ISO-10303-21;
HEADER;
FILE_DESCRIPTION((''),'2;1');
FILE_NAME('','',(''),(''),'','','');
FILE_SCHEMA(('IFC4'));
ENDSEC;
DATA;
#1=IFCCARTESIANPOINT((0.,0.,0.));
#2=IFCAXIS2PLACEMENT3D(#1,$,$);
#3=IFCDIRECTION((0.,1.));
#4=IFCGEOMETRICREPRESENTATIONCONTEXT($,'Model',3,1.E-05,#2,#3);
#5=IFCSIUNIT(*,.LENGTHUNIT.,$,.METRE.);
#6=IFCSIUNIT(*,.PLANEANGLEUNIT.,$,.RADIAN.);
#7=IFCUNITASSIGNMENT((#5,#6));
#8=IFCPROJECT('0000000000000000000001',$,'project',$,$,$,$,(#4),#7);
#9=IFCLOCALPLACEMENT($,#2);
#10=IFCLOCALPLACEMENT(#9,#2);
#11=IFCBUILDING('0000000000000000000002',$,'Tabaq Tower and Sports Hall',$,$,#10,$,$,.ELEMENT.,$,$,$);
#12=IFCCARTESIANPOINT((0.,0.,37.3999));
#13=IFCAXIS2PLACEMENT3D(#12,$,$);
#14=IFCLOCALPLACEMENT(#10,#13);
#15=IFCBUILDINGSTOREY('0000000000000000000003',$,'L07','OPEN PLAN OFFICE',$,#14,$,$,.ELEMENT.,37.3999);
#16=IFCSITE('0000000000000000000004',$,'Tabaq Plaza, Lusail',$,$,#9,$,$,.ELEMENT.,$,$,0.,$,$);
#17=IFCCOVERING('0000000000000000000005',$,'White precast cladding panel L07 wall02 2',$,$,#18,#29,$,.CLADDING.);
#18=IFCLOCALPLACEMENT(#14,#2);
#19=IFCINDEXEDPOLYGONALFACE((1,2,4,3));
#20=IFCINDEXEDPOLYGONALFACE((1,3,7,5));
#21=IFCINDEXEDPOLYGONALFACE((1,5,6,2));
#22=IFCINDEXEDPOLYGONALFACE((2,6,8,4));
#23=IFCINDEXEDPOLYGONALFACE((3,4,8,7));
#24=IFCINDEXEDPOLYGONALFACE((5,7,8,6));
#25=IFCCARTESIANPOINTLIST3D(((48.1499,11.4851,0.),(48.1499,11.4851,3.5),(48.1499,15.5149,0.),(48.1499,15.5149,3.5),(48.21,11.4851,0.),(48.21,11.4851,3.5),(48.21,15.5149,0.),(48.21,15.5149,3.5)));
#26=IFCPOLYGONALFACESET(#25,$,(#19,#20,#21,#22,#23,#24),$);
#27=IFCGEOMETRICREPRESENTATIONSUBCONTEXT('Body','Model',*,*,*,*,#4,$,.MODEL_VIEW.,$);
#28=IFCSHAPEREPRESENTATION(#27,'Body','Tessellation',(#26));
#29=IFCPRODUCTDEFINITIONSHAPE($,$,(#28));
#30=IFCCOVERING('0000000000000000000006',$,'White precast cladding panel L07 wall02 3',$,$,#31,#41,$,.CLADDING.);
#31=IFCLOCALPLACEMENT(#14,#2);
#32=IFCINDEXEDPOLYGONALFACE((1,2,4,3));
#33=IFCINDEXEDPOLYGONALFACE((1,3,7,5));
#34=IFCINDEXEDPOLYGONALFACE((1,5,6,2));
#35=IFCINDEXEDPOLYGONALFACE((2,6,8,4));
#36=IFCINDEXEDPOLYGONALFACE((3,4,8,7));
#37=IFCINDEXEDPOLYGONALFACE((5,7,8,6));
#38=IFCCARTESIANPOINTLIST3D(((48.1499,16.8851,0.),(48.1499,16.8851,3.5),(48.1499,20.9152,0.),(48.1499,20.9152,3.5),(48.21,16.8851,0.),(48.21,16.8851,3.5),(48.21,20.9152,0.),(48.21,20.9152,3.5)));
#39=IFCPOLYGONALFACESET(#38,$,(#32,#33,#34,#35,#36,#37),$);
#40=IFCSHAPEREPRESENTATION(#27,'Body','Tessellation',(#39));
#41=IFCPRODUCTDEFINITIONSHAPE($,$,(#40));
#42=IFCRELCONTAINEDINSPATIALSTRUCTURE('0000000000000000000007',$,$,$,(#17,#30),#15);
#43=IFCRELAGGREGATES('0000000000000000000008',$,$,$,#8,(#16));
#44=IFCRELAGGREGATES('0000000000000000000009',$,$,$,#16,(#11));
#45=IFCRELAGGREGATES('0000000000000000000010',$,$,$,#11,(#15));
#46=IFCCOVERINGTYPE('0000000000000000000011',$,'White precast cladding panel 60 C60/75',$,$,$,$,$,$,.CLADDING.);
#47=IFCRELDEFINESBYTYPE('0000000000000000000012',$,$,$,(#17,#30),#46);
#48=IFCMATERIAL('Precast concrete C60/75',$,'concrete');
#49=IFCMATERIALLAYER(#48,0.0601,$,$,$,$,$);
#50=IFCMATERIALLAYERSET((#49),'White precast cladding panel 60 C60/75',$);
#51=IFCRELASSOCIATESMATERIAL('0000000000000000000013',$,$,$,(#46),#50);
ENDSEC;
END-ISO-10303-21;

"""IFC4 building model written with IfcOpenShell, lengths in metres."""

from ifc_helpers import new_model, si_unit, direction, frame, frame_2d, origin, place, context, subcontext, project, spatial, rectangle, extrude, material, layer, layer_set, type_object, element, save


model = new_model("IFC4")

# Units and contexts
model_context = context("Model", 3, precision=1e-05, world=origin(), true_north=direction((0.0, 1.0)))
body_context = subcontext(model_context, "Body", "Model", "MODEL_VIEW")
ifc_project = project(units=[si_unit("LENGTHUNIT", "METRE"), si_unit("PLANEANGLEUNIT", "RADIAN")], contexts=[model_context])

# Site, building, storey
site_placement = place(None, origin())
site = spatial("IfcSite", under=ifc_project, at=site_placement, Name="Tabaq Plaza, Lusail", CompositionType="ELEMENT", RefElevation=0.0)
building_placement = place(site_placement, origin())
building = spatial("IfcBuilding", under=site, at=building_placement, Name="Tabaq Tower and Sports Hall", CompositionType="ELEMENT")
storey_placement = place(building_placement, frame((0.0, 0.0, 37.3999)))
storey = spatial("IfcBuildingStorey", under=building, at=storey_placement, Name="L07", Description="OPEN PLAN OFFICE", CompositionType="ELEMENT", Elevation=37.3999)

# Coverings
ifc_material_1 = material(Name="Precast concrete C60/75", Category="concrete")
ifc_layer_1 = layer(ifc_material_1, 0.0601)
ifc_layer_set_1 = layer_set([ifc_layer_1], Name="White precast cladding panel 60 C60/75")
covering_type_1 = type_object("IfcCoveringType", Name="White precast cladding panel 60 C60/75", PredefinedType="CLADDING", material=ifc_layer_set_1)
covering_1_placement = place(storey_placement, frame((48.1799, 11.4851, 0.0), z_axis=(0.0, 0.0, 1.0), x_axis=(0.0, 1.0, 0.0)))
element("IfcCovering", 1, at=covering_1_placement, inside=storey, type_object=covering_type_1, Name="White precast cladding panel L07 wall02 2", PredefinedType="CLADDING", context=body_context, shape_type="SweptSolid", body=[
    extrude(rectangle(XDim=4.0298, YDim=0.0601, at=frame_2d((2.0149, 0.0))), origin(), (0.0, 0.0, 1.0), 3.5),
])
covering_2_placement = place(storey_placement, frame((48.1799, 16.885, 0.0), z_axis=(0.0, 0.0, 1.0), x_axis=(0.0, 1.0, 0.0)))
element("IfcCovering", 2, at=covering_2_placement, inside=storey, type_object=covering_type_1, Name="White precast cladding panel L07 wall02 3", PredefinedType="CLADDING", context=body_context, shape_type="SweptSolid", body=[
    extrude(rectangle(XDim=4.03, YDim=0.0601, at=frame_2d((2.0151, 0.0))), origin(), (0.0, 0.0, 1.0), 3.5),
])

save(model, "model.ifc")
